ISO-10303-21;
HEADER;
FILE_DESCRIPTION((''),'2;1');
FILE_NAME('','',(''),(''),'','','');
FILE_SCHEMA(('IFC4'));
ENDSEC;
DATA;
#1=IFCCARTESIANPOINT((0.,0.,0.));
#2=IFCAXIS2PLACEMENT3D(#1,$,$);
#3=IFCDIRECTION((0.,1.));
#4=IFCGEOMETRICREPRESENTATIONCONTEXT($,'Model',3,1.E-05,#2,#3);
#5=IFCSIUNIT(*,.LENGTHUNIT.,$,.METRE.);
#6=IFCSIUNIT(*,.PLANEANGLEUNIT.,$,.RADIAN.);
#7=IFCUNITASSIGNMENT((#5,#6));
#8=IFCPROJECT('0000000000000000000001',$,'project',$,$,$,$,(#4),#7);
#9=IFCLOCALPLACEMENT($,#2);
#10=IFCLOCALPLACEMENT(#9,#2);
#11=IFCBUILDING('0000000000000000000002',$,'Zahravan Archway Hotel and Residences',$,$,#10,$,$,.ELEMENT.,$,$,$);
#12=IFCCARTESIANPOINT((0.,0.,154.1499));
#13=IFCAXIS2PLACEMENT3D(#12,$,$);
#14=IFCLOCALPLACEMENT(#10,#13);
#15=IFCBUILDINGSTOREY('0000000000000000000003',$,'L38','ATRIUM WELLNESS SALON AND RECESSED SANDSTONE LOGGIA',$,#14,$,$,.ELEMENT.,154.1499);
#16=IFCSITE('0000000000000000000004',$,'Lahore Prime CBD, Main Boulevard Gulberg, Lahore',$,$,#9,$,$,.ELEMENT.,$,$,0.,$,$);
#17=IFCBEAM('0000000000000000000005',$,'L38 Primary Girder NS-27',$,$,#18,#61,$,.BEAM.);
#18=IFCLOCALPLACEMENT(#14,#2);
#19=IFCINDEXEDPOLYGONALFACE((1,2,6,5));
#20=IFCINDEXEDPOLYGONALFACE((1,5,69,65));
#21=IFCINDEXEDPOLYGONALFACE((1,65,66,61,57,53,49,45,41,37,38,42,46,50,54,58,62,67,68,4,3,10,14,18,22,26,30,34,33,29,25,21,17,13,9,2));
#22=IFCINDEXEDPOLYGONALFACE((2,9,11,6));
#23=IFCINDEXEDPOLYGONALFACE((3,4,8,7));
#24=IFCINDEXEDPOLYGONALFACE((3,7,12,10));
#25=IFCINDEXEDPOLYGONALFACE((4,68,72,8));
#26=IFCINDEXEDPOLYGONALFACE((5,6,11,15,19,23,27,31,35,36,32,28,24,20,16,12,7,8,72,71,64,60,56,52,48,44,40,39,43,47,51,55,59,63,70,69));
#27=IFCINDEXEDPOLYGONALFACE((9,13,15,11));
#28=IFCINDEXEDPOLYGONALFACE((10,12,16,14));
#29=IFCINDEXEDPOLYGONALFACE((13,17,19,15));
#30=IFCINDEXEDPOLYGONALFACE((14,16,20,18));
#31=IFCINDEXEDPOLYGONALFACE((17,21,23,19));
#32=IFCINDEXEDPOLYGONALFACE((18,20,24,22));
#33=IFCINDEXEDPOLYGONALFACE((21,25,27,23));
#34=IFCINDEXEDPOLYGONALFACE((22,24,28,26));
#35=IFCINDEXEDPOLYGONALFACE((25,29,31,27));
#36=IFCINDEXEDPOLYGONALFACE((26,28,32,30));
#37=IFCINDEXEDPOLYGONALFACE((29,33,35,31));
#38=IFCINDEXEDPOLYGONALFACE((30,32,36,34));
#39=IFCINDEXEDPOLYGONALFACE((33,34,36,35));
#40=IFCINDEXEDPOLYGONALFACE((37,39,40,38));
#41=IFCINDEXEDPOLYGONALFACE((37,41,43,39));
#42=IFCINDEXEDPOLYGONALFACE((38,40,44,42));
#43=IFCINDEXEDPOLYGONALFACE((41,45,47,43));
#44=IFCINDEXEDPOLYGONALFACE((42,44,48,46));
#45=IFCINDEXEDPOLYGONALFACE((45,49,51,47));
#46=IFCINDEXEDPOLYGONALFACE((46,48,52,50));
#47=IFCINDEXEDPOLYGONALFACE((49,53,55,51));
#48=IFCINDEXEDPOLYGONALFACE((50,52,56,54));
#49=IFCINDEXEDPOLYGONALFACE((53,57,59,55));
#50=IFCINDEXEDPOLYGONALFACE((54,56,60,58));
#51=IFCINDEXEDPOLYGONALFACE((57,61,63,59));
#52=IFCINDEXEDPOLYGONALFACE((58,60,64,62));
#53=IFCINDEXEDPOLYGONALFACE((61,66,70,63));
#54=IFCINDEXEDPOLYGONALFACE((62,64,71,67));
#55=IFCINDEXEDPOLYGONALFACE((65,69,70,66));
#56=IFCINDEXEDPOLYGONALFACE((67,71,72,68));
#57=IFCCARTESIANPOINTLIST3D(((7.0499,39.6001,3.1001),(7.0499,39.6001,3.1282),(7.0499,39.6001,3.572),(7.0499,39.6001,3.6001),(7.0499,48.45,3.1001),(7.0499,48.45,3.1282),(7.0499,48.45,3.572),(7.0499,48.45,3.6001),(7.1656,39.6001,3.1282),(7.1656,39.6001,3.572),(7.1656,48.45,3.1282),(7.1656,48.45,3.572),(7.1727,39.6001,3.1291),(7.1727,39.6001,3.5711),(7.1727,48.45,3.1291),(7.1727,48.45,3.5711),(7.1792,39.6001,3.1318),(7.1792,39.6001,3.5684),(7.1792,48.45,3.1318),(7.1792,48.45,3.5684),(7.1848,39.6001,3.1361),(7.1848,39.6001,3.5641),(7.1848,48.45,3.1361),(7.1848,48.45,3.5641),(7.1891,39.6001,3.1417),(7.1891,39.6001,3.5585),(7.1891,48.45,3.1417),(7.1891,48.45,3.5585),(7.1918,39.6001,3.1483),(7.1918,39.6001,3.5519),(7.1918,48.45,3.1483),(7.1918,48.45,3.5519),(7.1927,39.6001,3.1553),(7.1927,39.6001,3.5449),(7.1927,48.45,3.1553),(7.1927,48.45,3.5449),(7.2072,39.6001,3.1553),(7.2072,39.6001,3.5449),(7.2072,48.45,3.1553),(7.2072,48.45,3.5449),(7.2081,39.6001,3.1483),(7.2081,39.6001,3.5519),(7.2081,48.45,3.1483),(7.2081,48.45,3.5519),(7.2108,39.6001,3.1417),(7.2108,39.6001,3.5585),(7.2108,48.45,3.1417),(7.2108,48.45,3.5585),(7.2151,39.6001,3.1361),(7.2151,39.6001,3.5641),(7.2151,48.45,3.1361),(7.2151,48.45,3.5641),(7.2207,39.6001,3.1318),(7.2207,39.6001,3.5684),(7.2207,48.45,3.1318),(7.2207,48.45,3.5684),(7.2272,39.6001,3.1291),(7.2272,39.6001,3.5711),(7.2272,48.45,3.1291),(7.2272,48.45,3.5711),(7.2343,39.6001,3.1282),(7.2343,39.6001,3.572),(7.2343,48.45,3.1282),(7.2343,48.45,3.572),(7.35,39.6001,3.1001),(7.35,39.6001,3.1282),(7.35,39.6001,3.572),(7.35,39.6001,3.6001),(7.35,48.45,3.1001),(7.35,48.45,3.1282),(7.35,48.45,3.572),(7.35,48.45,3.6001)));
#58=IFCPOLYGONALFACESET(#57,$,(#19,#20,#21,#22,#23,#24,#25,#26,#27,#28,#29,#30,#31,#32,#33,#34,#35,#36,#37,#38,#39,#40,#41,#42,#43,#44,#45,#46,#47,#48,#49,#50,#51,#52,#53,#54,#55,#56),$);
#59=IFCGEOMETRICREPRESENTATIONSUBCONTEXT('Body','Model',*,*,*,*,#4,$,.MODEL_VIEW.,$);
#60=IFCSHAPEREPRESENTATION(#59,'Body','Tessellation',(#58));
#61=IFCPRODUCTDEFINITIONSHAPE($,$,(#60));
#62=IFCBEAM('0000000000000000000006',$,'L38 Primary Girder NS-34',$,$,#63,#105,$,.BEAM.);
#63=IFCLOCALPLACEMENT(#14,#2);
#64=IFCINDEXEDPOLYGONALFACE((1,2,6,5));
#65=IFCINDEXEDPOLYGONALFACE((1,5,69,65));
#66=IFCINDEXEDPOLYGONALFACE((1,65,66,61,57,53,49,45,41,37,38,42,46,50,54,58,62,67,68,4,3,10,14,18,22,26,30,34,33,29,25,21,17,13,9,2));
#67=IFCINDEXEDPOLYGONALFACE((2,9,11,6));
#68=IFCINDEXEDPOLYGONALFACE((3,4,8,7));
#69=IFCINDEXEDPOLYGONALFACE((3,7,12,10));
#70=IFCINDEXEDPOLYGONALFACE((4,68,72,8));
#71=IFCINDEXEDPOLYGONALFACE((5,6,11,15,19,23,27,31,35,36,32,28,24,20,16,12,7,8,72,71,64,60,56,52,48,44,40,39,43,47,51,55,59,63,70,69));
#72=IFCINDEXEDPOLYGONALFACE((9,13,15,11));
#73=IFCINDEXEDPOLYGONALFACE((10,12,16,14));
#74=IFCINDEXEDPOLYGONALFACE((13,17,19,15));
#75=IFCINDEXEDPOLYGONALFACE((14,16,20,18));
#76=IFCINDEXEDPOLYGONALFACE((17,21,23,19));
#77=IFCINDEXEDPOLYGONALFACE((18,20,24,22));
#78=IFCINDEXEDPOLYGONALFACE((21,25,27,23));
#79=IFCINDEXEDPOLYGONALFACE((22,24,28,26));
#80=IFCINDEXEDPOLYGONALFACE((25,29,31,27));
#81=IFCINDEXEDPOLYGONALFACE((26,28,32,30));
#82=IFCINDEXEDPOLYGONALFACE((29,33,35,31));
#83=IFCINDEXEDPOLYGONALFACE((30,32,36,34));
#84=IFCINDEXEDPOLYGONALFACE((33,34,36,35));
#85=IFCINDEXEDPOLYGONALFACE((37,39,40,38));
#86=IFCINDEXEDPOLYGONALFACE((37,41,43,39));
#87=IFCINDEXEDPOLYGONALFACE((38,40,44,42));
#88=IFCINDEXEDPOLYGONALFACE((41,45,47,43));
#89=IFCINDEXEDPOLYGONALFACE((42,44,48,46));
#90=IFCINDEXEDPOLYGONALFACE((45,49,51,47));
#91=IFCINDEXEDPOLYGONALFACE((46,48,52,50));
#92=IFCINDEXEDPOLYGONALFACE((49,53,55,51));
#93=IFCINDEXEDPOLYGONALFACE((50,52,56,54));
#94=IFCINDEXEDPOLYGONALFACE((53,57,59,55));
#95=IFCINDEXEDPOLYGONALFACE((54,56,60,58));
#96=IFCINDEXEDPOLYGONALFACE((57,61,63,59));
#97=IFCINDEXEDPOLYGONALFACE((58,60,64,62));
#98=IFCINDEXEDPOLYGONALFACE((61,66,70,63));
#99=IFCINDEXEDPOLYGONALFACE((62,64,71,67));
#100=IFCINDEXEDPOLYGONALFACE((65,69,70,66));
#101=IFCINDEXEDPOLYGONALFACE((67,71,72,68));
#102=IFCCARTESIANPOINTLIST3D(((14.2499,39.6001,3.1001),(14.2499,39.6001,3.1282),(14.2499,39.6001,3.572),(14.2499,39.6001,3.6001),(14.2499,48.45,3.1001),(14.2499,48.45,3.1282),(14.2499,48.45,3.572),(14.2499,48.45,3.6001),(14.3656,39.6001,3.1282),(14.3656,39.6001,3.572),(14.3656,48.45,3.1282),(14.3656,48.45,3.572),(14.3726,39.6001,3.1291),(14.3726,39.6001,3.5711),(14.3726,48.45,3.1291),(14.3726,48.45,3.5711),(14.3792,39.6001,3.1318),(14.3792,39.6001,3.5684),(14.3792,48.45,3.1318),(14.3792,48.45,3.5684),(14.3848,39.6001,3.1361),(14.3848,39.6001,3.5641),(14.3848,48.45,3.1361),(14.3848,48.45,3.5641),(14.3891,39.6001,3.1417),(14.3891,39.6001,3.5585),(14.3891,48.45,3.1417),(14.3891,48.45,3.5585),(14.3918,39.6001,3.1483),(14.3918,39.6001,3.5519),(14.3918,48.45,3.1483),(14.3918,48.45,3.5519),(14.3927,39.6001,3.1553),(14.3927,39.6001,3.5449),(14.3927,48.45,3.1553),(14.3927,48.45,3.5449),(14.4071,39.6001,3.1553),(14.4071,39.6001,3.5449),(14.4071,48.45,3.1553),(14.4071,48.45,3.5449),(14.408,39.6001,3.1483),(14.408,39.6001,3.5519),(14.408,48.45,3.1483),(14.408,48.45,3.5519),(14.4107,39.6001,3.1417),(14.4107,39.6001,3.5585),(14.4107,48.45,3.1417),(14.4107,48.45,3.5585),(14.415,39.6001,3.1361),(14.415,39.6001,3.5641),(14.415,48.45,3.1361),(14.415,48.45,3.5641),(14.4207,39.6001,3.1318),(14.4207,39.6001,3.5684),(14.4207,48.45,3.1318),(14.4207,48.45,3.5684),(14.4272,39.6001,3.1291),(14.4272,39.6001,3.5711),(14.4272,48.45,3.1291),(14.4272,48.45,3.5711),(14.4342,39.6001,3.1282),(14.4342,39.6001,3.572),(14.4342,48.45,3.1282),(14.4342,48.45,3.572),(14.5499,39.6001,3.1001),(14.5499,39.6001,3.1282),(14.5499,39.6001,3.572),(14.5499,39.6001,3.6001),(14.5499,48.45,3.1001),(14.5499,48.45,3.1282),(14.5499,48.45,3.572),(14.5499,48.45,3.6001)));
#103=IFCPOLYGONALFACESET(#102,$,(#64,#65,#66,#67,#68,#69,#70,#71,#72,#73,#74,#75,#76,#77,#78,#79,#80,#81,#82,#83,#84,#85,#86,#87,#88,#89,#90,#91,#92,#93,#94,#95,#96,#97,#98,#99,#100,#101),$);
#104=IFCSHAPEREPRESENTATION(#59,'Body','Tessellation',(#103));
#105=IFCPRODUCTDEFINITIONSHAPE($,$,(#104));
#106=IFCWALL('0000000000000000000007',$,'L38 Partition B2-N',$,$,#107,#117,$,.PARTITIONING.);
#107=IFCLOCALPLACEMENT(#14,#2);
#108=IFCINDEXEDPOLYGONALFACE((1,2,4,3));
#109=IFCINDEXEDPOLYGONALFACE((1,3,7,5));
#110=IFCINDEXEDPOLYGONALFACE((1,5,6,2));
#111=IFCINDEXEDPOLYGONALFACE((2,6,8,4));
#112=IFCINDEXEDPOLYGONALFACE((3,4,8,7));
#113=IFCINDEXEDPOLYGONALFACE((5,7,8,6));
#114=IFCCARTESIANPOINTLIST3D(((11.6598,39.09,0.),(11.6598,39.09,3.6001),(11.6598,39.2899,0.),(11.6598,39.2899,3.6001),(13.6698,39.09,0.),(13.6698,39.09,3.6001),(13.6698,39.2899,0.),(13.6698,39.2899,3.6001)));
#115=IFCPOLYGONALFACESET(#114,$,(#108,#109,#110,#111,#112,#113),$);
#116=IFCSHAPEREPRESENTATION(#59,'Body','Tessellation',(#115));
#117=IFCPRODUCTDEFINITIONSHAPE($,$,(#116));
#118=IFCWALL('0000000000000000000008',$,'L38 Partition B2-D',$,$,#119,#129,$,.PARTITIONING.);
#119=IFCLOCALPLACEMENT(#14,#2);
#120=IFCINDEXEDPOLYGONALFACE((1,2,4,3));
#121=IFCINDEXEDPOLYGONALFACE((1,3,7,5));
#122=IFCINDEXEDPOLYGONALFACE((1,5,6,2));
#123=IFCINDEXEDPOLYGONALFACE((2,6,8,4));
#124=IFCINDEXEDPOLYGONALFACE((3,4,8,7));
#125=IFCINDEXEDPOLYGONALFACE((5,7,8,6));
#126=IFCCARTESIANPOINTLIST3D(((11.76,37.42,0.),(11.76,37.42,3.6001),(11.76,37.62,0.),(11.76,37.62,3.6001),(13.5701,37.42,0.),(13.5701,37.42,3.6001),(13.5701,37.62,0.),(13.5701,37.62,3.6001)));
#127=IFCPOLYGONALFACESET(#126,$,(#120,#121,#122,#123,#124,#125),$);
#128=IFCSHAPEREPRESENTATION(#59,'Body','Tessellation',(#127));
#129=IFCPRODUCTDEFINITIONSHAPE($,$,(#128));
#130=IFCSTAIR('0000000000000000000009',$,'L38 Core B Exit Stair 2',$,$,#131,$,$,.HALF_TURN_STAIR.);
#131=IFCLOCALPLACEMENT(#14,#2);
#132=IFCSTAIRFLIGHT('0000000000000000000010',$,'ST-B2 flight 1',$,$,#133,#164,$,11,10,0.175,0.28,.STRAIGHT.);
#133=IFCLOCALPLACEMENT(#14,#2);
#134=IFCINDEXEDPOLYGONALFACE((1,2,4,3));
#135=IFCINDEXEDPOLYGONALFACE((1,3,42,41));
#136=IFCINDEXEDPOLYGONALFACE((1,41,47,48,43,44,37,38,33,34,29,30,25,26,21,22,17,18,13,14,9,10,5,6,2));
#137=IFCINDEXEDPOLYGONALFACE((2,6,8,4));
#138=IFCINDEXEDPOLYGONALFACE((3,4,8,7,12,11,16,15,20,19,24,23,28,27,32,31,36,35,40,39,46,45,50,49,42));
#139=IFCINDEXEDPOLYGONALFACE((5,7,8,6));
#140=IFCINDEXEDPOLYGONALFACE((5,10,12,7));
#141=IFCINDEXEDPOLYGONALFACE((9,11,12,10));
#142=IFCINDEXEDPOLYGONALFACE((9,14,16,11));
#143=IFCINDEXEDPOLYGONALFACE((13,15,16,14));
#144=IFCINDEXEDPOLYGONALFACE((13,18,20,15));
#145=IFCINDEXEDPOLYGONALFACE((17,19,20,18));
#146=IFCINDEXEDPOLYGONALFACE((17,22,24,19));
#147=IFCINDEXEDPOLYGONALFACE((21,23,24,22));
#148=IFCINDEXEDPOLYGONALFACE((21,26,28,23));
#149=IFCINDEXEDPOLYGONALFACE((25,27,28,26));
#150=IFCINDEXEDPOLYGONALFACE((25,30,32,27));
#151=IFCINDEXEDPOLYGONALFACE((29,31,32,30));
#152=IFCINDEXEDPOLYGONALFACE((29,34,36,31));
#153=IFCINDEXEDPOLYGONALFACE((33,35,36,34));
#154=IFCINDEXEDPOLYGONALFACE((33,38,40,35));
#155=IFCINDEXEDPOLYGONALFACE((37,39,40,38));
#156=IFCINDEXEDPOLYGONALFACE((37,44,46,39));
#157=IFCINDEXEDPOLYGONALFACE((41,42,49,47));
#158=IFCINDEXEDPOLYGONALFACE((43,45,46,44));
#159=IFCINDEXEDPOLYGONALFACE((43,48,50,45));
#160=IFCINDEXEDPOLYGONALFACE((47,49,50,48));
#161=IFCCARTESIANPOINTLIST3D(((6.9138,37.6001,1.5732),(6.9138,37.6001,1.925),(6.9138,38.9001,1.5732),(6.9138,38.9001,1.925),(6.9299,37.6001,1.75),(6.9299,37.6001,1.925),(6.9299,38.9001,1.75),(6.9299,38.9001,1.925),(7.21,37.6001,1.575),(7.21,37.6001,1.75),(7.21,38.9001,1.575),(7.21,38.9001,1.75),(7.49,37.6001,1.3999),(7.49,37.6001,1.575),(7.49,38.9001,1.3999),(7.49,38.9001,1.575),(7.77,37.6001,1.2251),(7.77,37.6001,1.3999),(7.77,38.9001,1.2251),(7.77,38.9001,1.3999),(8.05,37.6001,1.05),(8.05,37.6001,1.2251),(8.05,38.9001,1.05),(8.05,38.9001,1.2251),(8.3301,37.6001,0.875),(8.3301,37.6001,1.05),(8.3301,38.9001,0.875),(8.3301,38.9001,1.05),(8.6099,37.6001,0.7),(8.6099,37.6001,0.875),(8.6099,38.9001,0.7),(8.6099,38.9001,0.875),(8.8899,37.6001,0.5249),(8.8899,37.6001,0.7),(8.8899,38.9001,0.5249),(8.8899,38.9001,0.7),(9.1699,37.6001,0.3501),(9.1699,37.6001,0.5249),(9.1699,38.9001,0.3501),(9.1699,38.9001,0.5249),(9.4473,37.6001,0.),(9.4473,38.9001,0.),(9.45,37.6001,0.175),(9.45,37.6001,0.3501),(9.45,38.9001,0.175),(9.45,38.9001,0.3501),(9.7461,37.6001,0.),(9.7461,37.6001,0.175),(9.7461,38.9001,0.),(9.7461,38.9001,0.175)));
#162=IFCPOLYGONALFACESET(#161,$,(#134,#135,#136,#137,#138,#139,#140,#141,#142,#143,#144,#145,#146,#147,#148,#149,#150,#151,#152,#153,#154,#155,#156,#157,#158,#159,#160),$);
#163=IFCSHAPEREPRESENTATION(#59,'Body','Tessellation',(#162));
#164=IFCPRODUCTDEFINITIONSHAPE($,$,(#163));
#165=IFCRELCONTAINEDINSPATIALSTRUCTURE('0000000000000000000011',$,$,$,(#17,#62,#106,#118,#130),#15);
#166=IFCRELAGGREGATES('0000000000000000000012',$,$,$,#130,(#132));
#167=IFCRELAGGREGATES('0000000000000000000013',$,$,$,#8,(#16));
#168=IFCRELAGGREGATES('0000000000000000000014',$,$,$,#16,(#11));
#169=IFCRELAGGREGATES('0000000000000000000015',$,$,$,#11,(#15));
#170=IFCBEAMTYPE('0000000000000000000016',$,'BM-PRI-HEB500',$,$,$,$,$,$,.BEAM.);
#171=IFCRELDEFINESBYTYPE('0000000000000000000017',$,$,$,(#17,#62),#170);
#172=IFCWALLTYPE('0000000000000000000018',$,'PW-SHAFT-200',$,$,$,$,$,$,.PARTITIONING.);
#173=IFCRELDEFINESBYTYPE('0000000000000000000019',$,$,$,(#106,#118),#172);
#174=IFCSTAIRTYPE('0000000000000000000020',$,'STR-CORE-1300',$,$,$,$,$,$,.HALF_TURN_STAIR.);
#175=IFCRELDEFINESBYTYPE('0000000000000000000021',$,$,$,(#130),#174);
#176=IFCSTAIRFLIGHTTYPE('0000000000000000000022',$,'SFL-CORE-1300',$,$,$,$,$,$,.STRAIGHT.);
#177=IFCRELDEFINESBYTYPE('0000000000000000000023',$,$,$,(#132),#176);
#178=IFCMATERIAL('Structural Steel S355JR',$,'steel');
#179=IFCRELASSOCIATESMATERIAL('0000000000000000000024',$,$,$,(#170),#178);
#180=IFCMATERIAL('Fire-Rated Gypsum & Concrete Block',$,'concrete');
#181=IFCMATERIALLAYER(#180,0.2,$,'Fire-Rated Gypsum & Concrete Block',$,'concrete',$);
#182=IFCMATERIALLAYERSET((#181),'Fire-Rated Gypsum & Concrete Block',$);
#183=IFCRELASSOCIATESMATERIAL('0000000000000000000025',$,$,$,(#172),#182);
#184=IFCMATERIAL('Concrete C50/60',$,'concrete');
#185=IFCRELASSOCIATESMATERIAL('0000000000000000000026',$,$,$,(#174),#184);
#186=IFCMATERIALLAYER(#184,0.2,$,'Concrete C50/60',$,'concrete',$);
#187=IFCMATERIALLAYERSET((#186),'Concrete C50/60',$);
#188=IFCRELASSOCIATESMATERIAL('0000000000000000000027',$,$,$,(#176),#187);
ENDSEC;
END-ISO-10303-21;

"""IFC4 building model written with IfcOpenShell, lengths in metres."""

from ifc_helpers import new_model, si_unit, direction, frame, frame_2d, origin, origin_2d, place, context, subcontext, project, spatial, polyline, rectangle, i_section, outline, extrude, source, transform, mapped, material, layer, layer_set, material_profile, profile_set, type_object, element, aggregate, save


model = new_model("IFC4")

# Units and contexts
model_context = context("Model", 3, precision=1e-05, world=origin(), true_north=direction((0.0, 1.0)))
body_context = subcontext(model_context, "Body", "Model", "MODEL_VIEW")
ifc_project = project(units=[si_unit("LENGTHUNIT", "METRE"), si_unit("PLANEANGLEUNIT", "RADIAN")], contexts=[model_context])

# Site, building, storey
site_placement = place(None, origin())
site = spatial("IfcSite", under=ifc_project, at=site_placement, Name="Lahore Prime CBD, Main Boulevard Gulberg, Lahore", CompositionType="ELEMENT", RefElevation=0.0)
building_placement = place(site_placement, origin())
building = spatial("IfcBuilding", under=site, at=building_placement, Name="Zahravan Archway Hotel and Residences", CompositionType="ELEMENT")
storey_placement = place(building_placement, frame((0.0, 0.0, 154.1499)))
storey = spatial("IfcBuildingStorey", under=building, at=storey_placement, Name="L38", Description="ATRIUM WELLNESS SALON AND RECESSED SANDSTONE LOGGIA", CompositionType="ELEMENT", Elevation=154.1499)

# Beams
ifc_material_1 = material(Name="Structural Steel S355JR", Category="steel")
ifc_material_profile_1 = material_profile(ifc_material_1, i_section(OverallWidth=0.3, OverallDepth=0.5, WebThickness=0.0144, FlangeThickness=0.0281, FilletRadius=0.0271, at=origin_2d()), Name="HEB 500", Category="steel")
ifc_profile_set_1 = profile_set([ifc_material_profile_1], Name="Structural Steel S355JR")
beam_type_1 = type_object("IfcBeamType", Name="BM-PRI-HEB500", PredefinedType="BEAM", material=ifc_profile_set_1)
shared_shape_1 = source(origin(), body_context, "Body", "SweptSolid", [
    extrude(i_section(OverallWidth=0.3, OverallDepth=0.5, WebThickness=0.0144, FlangeThickness=0.0281, FilletRadius=0.0271, at=origin_2d()), origin(), (0.0, 0.0, 1.0), 8.8499),
])
for number, where, z_axis, x_axis, name in (
    (1, (7.2, 39.6001, 3.3501), (0.0, 1.0, 0.0), (-1.0, 0.0, 0.0), "L38 Primary Girder NS-27"),
    (2, (14.3999, 39.6001, 3.3501), (0.0, 1.0, 0.0), (-1.0, 0.0, 0.0), "L38 Primary Girder NS-34"),
):
    element("IfcBeam", number, at=place(storey_placement, frame(where, z_axis=z_axis, x_axis=x_axis)), inside=storey, type_object=beam_type_1, Name=name, PredefinedType="BEAM", context=body_context, shape_type="MappedRepresentation", body=[
        mapped(shared_shape_1, transform((0.0, 0.0, 0.0), scale=1.0)),
    ])

# Walls
ifc_material_2 = material(Name="Fire-Rated Gypsum & Concrete Block", Category="concrete")
ifc_layer_1 = layer(ifc_material_2, 0.2, Name="Fire-Rated Gypsum & Concrete Block", Category="concrete")
ifc_layer_set_1 = layer_set([ifc_layer_1], Name="Fire-Rated Gypsum & Concrete Block")
wall_type = type_object("IfcWallType", Name="PW-SHAFT-200", PredefinedType="PARTITIONING", material=ifc_layer_set_1)
wall_1_placement = place(storey_placement, frame((11.6599, 39.1899, 0.0), z_axis=(0.0, 0.0, 1.0), x_axis=(1.0, 0.0, 0.0)))
element("IfcWall", 3, at=wall_1_placement, inside=storey, type_object=wall_type, Name="L38 Partition B2-N", PredefinedType="PARTITIONING", context=body_context, shape_type="SweptSolid", body=[
    extrude(rectangle(XDim=2.01, YDim=0.2, at=frame_2d((1.0049, 0.0))), origin(), (0.0, 0.0, 1.0), 3.6001),
])
wall_2_placement = place(storey_placement, frame((11.76, 37.52, 0.0), z_axis=(0.0, 0.0, 1.0), x_axis=(1.0, 0.0, 0.0)))
element("IfcWall", 4, at=wall_2_placement, inside=storey, type_object=wall_type, Name="L38 Partition B2-D", PredefinedType="PARTITIONING", context=body_context, shape_type="SweptSolid", body=[
    extrude(rectangle(XDim=1.8101, YDim=0.2, at=frame_2d((0.905, 0.0))), origin(), (0.0, 0.0, 1.0), 3.6001),
])

# Stair, stair flight
ifc_material_3 = material(Name="Concrete C50/60", Category="concrete")
stair_type = type_object("IfcStairType", Name="STR-CORE-1300", PredefinedType="HALF_TURN_STAIR", material=ifc_material_3)
stair_placement = place(storey_placement, origin())
stair = element("IfcStair", 5, at=stair_placement, inside=storey, type_object=stair_type, Name="L38 Core B Exit Stair 2", PredefinedType="HALF_TURN_STAIR")
ifc_layer_2 = layer(ifc_material_3, 0.2, Name="Concrete C50/60", Category="concrete")
ifc_layer_set_2 = layer_set([ifc_layer_2], Name="Concrete C50/60")
stair_flight_type = type_object("IfcStairFlightType", Name="SFL-CORE-1300", PredefinedType="STRAIGHT", material=ifc_layer_set_2)
shared_shape_2 = source(origin(), body_context, "Body", "SweptSolid", [
    extrude(outline(polyline([(-0.0161, 0.0), (-0.0161, 0.175), (0.28, 0.175), (0.28, 0.3501), (0.5601, 0.3501), (0.5601, 0.5249), (0.8401, 0.5249), (0.8401, 0.7), (1.1201, 0.7), (1.1201, 0.875), (1.3999, 0.875), (1.3999, 1.05), (1.6799, 1.05), (1.6799, 1.2251), (1.96, 1.2251), (1.96, 1.3999), (2.24, 1.3999), (2.24, 1.575), (2.52, 1.575), (2.52, 1.75), (2.8, 1.75), (2.8, 1.925), (2.8162, 1.925), (2.8162, 1.5732), (0.2827, 0.0), (-0.0161, 0.0)])), frame((0.0, 0.6499, 0.0), z_axis=(0.0, -1.0, 0.0), x_axis=(1.0, 0.0, 0.0)), (0.0, 0.0, 1.0), 1.3),
])
stair_flight_placement = place(storey_placement, frame((9.73, 38.25, 0.0), z_axis=(0.0, 0.0, 1.0), x_axis=(-1.0, 0.0, 0.0)))
stair_flight = element("IfcStairFlight", 6, at=stair_flight_placement, type_object=stair_flight_type, Name="ST-B2 flight 1", NumberOfRisers=11, NumberOfTreads=10, PredefinedType="STRAIGHT", RiserHeight=0.175, TreadLength=0.28, context=body_context, shape_type="MappedRepresentation", body=[
    mapped(shared_shape_2, transform((0.0, 0.0, 0.0), scale=1.0)),
])
aggregate(stair, [stair_flight])

save(model, "model.ifc")
